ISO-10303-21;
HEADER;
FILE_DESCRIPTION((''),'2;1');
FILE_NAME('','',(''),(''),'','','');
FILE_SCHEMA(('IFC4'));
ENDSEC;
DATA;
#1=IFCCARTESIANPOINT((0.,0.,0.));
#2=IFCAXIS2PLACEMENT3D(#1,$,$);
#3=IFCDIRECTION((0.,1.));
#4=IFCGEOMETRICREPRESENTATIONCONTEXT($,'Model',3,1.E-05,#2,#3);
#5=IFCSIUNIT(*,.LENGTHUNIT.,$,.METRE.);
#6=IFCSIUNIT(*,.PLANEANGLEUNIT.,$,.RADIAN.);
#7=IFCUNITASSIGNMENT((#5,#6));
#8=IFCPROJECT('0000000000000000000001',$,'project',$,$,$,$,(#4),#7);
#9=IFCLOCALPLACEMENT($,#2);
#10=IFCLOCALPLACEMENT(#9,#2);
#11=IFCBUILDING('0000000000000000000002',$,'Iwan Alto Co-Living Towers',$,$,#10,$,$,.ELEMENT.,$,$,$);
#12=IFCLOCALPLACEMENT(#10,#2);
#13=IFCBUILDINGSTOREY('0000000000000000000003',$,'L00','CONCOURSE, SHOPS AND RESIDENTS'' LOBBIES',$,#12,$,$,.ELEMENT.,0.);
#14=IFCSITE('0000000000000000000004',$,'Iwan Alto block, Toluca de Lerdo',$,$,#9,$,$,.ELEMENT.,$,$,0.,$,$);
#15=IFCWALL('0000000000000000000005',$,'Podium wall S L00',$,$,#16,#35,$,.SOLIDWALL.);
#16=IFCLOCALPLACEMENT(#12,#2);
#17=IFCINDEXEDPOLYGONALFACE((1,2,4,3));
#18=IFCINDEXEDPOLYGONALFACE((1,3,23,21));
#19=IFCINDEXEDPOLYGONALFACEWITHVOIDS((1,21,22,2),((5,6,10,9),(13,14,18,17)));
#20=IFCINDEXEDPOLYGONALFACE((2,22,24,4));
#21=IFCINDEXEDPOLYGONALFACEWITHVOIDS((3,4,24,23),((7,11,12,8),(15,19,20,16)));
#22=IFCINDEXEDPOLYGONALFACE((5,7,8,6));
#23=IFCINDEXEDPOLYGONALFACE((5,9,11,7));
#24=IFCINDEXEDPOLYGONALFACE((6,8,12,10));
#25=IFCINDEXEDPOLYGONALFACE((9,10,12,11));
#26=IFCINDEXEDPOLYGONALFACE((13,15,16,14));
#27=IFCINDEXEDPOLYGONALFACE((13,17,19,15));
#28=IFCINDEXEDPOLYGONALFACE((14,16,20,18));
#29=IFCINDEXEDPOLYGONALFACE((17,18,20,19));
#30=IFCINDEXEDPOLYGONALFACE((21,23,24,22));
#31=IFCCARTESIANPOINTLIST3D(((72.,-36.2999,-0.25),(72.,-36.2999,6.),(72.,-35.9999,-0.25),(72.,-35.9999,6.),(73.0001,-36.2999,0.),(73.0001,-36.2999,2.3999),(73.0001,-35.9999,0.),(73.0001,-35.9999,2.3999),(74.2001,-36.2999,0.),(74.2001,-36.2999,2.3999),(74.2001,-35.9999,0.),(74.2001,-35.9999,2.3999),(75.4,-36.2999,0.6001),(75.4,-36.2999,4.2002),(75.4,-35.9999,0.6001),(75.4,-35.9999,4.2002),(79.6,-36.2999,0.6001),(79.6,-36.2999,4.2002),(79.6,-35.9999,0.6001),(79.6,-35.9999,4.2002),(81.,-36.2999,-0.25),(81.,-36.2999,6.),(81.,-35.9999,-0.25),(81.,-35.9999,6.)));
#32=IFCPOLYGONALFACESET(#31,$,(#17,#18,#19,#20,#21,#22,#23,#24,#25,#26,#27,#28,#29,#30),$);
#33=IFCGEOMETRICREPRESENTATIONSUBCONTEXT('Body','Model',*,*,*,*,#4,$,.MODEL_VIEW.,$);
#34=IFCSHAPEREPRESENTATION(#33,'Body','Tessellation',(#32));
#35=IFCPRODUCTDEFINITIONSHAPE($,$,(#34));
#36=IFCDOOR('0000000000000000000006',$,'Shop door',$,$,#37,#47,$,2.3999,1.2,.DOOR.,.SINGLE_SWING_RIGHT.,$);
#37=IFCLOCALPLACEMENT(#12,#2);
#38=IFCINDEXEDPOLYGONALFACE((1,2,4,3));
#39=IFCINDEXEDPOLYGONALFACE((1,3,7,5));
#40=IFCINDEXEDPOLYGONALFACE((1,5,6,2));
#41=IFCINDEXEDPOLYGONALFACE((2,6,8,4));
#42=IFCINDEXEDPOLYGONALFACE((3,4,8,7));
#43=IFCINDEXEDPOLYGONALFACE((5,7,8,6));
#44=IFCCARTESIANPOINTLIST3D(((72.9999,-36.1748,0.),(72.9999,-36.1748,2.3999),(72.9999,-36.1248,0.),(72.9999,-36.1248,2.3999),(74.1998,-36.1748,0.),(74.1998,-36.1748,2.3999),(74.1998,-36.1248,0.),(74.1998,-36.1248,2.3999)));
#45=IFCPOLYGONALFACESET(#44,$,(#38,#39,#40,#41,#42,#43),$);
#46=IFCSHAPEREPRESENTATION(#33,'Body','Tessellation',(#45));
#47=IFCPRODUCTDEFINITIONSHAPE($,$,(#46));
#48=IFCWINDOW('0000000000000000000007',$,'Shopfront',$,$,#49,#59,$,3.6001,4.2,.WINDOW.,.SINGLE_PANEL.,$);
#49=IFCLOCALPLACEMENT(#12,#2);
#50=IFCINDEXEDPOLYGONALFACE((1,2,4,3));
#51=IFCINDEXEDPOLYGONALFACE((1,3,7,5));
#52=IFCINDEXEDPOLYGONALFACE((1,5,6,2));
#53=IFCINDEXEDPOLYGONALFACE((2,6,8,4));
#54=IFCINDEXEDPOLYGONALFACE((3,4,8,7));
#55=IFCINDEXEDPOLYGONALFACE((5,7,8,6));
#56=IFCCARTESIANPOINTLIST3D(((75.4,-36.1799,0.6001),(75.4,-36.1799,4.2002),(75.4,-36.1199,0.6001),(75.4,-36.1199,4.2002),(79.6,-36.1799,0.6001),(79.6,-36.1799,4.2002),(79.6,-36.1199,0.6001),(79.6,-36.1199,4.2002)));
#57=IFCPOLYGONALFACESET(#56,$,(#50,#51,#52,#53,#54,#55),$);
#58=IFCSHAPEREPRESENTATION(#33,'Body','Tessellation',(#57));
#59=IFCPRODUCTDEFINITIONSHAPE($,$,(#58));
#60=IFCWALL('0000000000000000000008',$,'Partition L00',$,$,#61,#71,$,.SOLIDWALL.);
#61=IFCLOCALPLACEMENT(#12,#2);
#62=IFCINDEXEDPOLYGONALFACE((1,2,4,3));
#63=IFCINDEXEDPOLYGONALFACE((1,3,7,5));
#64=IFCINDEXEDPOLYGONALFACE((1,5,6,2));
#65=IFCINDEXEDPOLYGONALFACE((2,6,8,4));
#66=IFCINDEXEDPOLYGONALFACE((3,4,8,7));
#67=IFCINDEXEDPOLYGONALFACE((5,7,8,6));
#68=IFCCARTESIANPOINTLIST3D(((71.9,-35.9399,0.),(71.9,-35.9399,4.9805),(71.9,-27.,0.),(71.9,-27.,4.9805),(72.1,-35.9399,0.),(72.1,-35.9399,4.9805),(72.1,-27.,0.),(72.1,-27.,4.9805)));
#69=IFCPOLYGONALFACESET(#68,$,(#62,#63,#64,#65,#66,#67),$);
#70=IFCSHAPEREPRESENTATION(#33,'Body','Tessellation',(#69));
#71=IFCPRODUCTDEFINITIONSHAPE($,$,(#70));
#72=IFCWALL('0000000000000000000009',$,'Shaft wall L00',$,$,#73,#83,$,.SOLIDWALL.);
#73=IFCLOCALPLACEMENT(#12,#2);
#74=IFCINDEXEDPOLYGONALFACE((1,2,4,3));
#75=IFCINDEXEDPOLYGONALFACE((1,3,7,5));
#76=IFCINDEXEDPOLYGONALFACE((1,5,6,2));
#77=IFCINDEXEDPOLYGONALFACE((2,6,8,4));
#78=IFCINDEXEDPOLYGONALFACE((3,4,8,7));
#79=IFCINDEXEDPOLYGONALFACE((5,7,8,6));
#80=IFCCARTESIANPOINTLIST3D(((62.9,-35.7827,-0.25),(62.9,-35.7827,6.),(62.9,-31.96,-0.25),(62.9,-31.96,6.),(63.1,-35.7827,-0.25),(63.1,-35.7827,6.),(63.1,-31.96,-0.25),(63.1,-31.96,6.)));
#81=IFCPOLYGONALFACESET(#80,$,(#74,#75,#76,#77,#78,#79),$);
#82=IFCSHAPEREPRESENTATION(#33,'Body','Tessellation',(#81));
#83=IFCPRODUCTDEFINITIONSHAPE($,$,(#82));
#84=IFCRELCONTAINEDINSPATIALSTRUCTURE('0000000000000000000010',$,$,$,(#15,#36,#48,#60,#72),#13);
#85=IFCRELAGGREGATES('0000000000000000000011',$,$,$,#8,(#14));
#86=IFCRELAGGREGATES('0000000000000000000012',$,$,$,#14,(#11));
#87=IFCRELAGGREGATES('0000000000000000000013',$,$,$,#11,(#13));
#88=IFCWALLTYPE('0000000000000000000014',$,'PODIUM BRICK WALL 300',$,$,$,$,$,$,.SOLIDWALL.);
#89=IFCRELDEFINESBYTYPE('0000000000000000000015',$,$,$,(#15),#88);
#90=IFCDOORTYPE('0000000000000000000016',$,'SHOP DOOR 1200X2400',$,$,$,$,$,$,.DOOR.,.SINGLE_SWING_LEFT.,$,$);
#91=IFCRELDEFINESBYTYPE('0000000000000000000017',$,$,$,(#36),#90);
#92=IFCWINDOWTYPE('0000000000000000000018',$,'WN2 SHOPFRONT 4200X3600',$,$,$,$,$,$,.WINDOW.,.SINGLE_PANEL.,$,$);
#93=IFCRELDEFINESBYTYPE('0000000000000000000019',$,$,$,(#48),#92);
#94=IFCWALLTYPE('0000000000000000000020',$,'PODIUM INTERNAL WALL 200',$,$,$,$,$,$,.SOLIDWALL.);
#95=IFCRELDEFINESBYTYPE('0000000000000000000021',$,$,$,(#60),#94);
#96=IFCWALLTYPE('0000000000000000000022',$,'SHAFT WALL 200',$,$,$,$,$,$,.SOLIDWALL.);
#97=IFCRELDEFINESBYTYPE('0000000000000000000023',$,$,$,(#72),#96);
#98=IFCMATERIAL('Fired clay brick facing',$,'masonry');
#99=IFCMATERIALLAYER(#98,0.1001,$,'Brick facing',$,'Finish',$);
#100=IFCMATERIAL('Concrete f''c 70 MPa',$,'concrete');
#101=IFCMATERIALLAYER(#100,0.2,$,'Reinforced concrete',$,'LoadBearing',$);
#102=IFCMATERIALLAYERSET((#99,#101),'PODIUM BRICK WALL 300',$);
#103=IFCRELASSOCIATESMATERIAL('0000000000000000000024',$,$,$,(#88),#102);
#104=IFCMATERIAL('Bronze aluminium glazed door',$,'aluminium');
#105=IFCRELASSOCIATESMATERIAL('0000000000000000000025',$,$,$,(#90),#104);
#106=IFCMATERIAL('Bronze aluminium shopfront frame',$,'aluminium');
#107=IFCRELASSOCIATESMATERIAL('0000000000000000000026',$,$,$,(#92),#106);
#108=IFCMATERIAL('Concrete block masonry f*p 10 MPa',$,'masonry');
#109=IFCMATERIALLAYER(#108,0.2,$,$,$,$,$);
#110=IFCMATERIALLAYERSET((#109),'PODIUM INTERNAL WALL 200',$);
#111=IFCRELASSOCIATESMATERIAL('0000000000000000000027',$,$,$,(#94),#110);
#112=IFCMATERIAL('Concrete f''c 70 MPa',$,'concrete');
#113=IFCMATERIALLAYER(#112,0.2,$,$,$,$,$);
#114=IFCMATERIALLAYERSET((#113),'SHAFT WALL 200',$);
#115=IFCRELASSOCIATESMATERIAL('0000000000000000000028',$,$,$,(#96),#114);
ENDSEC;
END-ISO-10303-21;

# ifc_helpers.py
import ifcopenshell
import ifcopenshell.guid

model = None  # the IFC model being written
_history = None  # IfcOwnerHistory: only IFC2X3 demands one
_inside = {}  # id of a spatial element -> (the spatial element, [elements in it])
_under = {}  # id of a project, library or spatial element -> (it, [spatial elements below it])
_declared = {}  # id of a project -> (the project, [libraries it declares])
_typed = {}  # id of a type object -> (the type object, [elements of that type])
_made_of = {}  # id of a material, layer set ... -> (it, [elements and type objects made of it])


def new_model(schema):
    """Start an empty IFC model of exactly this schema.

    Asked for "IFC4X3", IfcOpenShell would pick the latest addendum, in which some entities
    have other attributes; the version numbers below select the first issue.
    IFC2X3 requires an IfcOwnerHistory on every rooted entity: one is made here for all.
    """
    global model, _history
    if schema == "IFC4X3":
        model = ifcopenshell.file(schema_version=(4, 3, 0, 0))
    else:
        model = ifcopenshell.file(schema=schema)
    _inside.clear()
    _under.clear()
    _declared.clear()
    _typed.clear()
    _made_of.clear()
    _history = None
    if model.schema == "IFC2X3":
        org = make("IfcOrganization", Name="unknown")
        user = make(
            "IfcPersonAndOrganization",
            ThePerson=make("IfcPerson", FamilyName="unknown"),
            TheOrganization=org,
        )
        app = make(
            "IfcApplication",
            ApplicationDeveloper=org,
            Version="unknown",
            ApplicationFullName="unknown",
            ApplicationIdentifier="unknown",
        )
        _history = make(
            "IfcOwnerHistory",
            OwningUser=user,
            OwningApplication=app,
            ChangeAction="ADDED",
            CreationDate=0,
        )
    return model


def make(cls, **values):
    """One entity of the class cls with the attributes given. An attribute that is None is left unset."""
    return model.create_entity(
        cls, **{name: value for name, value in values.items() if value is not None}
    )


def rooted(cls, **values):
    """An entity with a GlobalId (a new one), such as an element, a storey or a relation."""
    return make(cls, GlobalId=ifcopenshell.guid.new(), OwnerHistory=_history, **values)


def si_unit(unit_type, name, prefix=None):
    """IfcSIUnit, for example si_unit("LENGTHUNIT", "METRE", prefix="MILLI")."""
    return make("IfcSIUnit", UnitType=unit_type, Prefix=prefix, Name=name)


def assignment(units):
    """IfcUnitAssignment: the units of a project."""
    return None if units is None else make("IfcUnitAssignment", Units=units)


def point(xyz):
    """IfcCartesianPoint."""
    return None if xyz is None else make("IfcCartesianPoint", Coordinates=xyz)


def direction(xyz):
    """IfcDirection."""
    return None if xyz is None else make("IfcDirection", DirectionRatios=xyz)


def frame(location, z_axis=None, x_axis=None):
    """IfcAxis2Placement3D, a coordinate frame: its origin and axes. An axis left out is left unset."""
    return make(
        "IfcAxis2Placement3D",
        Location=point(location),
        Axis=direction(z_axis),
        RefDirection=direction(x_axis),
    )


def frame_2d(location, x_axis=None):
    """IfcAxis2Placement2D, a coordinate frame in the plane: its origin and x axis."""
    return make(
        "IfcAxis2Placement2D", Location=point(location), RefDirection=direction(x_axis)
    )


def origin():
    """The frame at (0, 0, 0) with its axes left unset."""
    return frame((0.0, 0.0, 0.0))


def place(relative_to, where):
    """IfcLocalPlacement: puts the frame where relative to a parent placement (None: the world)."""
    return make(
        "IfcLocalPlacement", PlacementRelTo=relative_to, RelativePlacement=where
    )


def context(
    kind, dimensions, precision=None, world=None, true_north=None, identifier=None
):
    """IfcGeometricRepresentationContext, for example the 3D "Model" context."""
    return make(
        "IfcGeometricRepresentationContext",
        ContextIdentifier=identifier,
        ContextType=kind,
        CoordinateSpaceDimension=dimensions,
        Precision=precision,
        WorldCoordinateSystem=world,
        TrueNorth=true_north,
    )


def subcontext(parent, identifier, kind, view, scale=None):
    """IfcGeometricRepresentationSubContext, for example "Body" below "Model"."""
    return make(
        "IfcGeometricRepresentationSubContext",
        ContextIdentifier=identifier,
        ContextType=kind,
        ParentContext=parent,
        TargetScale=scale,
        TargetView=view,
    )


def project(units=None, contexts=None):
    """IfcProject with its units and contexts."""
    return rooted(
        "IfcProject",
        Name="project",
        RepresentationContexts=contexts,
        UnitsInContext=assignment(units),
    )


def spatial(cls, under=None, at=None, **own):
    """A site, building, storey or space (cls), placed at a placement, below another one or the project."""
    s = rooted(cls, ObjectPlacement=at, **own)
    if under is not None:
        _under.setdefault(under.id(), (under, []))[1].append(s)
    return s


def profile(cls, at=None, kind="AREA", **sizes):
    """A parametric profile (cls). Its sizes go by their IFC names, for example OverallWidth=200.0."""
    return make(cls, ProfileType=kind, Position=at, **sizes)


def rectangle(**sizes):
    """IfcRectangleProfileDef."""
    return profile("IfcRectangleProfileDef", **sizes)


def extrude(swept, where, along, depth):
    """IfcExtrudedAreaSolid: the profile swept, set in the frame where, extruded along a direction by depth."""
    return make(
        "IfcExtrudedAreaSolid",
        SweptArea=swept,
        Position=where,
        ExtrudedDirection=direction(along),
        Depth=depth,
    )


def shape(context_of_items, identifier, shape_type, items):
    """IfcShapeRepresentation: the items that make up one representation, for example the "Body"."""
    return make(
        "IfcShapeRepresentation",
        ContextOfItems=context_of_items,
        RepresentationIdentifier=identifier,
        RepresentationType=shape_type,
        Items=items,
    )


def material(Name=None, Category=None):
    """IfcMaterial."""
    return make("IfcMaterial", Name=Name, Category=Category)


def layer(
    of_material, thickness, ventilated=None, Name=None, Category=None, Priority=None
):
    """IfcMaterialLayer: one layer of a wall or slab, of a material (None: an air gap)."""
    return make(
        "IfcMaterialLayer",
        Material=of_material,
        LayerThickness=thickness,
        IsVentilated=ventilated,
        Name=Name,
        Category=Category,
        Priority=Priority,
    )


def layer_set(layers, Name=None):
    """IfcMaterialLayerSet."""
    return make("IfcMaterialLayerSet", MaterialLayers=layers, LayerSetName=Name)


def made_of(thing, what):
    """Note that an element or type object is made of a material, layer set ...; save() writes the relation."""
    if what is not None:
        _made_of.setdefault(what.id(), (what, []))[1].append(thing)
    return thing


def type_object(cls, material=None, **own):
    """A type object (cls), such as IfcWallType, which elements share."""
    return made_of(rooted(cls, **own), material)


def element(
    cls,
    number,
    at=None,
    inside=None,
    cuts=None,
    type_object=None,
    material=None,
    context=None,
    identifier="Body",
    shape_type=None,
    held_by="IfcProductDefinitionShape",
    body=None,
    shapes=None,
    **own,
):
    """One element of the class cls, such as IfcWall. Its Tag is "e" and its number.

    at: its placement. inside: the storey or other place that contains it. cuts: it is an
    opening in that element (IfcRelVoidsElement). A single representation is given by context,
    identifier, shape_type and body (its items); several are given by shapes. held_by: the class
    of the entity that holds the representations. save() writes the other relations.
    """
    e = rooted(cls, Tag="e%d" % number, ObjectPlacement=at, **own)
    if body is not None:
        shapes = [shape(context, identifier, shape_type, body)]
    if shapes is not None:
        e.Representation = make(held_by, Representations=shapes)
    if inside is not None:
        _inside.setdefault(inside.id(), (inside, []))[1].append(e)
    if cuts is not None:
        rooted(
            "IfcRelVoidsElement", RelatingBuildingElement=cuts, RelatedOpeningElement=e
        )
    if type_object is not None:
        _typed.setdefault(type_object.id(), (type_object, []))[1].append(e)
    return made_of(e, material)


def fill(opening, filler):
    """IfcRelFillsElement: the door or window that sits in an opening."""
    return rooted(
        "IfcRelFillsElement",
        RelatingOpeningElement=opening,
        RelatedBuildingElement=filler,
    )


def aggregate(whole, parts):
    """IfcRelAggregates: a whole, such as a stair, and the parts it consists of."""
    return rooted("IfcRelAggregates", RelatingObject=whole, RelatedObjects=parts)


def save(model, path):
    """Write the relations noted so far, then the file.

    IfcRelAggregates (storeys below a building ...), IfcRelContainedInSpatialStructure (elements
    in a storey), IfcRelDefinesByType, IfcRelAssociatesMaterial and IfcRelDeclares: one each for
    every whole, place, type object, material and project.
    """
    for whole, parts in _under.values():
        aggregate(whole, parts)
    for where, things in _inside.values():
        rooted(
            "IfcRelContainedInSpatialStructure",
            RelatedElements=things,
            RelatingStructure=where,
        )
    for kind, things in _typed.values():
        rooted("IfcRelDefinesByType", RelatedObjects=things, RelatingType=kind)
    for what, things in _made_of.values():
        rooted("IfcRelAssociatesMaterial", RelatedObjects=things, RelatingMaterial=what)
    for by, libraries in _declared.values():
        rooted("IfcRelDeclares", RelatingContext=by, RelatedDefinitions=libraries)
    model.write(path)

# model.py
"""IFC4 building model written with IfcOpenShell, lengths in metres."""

from ifc_helpers import new_model, si_unit, direction, frame, frame_2d, origin, place, context, subcontext, project, spatial, rectangle, extrude, material, layer, layer_set, type_object, element, fill, save


model = new_model("IFC4")

# Units and contexts
model_context = context("Model", 3, precision=1e-05, world=origin(), true_north=direction((0.0, 1.0)))
body_context = subcontext(model_context, "Body", "Model", "MODEL_VIEW")
ifc_project = project(units=[si_unit("LENGTHUNIT", "METRE"), si_unit("PLANEANGLEUNIT", "RADIAN")], contexts=[model_context])

# Site, building, storey
site_placement = place(None, origin())
site = spatial("IfcSite", under=ifc_project, at=site_placement, Name="Iwan Alto block, Toluca de Lerdo", CompositionType="ELEMENT", RefElevation=0.0)
building_placement = place(site_placement, origin())
building = spatial("IfcBuilding", under=site, at=building_placement, Name="Iwan Alto Co-Living Towers", CompositionType="ELEMENT")
storey_placement = place(building_placement, origin())
storey = spatial("IfcBuildingStorey", under=building, at=storey_placement, Name="L00", Description="CONCOURSE, SHOPS AND RESIDENTS' LOBBIES", CompositionType="ELEMENT", Elevation=0.0)

# Wall, openings, door, window
ifc_material_1 = material(Name="Fired clay brick facing", Category="masonry")
ifc_layer_1 = layer(ifc_material_1, 0.1001, Name="Brick facing", Category="Finish")
ifc_material_2 = material(Name="Concrete f'c 70 MPa", Category="concrete")
ifc_layer_2 = layer(ifc_material_2, 0.2, Name="Reinforced concrete", Category="LoadBearing")
ifc_layer_set_1 = layer_set([ifc_layer_1, ifc_layer_2], Name="PODIUM BRICK WALL 300")
wall_type_1 = type_object("IfcWallType", Name="PODIUM BRICK WALL 300", PredefinedType="SOLIDWALL", material=ifc_layer_set_1)
ifc_material_3 = material(Name="Bronze aluminium glazed door", Category="aluminium")
door_type = type_object("IfcDoorType", Name="SHOP DOOR 1200X2400", OperationType="SINGLE_SWING_LEFT", PredefinedType="DOOR", material=ifc_material_3)
ifc_material_4 = material(Name="Bronze aluminium shopfront frame", Category="aluminium")
window_type = type_object("IfcWindowType", Name="WN2 SHOPFRONT 4200X3600", PartitioningType="SINGLE_PANEL", PredefinedType="WINDOW", material=ifc_material_4)
wall_1_placement = place(storey_placement, frame((72.0, -36.1499, -0.25), z_axis=(0.0, 0.0, 1.0), x_axis=(1.0, 0.0, 0.0)))
wall_1 = element("IfcWall", 1, at=wall_1_placement, inside=storey, type_object=wall_type_1, Name="Podium wall S L00", PredefinedType="SOLIDWALL", context=body_context, shape_type="SweptSolid", body=[
    extrude(rectangle(XDim=9.0, YDim=0.3, at=frame_2d((4.5, 0.0))), origin(), (0.0, 0.0, 1.0), 6.25),
])
opening_1_placement = place(wall_1_placement, frame((1.0, 0.0, 0.25)))
opening_1 = element("IfcOpeningElement", 2, at=opening_1_placement, cuts=wall_1, PredefinedType="OPENING", context=body_context, shape_type="SweptSolid", body=[
    extrude(rectangle(XDim=1.2, YDim=2.3999, at=frame_2d((0.6001, 1.2))), frame((0.0, 0.1599, 0.0), z_axis=(0.0, -1.0, 0.0), x_axis=(1.0, 0.0, 0.0)), (0.0, 0.0, 1.0), 0.3201),
])
opening_2_placement = place(wall_1_placement, frame((3.3999, 0.0, 0.8501)))
opening_2 = element("IfcOpeningElement", 3, at=opening_2_placement, cuts=wall_1, PredefinedType="OPENING", context=body_context, shape_type="SweptSolid", body=[
    extrude(rectangle(XDim=4.2, YDim=3.6001, at=frame_2d((2.1001, 1.8))), frame((0.0, 0.1599, 0.0), z_axis=(0.0, -1.0, 0.0), x_axis=(1.0, 0.0, 0.0)), (0.0, 0.0, 1.0), 0.3201),
])
door_1_placement = place(opening_1_placement, frame((1.2, 0.0, 0.0), z_axis=(0.0, 0.0, 1.0), x_axis=(-1.0, 0.0, 0.0)))
door_1 = element("IfcDoor", 4, at=door_1_placement, inside=storey, type_object=door_type, Name="Shop door", OperationType="SINGLE_SWING_RIGHT", OverallHeight=2.3999, OverallWidth=1.2, PredefinedType="DOOR", context=body_context, shape_type="SweptSolid", body=[
    extrude(rectangle(XDim=1.2, YDim=2.3999, at=frame_2d((0.6001, 1.2))), frame((0.0, 0.0249, 0.0), z_axis=(0.0, -1.0, 0.0), x_axis=(1.0, 0.0, 0.0)), (0.0, 0.0, 1.0), 0.05),
])
fill(opening_1, door_1)
window_1_placement = place(opening_2_placement, origin())
window_1 = element("IfcWindow", 5, at=window_1_placement, inside=storey, type_object=window_type, Name="Shopfront", OverallHeight=3.6001, OverallWidth=4.2, PartitioningType="SINGLE_PANEL", PredefinedType="WINDOW", context=body_context, shape_type="SweptSolid", body=[
    extrude(rectangle(XDim=4.2, YDim=3.6001, at=frame_2d((2.1001, 1.8))), frame((0.0, 0.03, 0.0), z_axis=(0.0, -1.0, 0.0), x_axis=(1.0, 0.0, 0.0)), (0.0, 0.0, 1.0), 0.0601),
])
fill(opening_2, window_1)

# Walls
ifc_material_5 = material(Name="Concrete block masonry f*p 10 MPa", Category="masonry")
ifc_layer_3 = layer(ifc_material_5, 0.2)
ifc_layer_set_2 = layer_set([ifc_layer_3], Name="PODIUM INTERNAL WALL 200")
wall_type_2 = type_object("IfcWallType", Name="PODIUM INTERNAL WALL 200", PredefinedType="SOLIDWALL", material=ifc_layer_set_2)
wall_2_placement = place(storey_placement, frame((72.0, -35.9399, 0.0), z_axis=(0.0, 0.0, 1.0), x_axis=(0.0, 1.0, 0.0)))
element("IfcWall", 6, at=wall_2_placement, inside=storey, type_object=wall_type_2, Name="Partition L00", PredefinedType="SOLIDWALL", context=body_context, shape_type="SweptSolid", body=[
    extrude(rectangle(XDim=8.9399, YDim=0.2, at=frame_2d((4.47, 0.0))), origin(), (0.0, 0.0, 1.0), 4.9805),
])
ifc_material_6 = material(Name="Concrete f'c 70 MPa", Category="concrete")
ifc_layer_4 = layer(ifc_material_6, 0.2)
ifc_layer_set_3 = layer_set([ifc_layer_4], Name="SHAFT WALL 200")
wall_type_3 = type_object("IfcWallType", Name="SHAFT WALL 200", PredefinedType="SOLIDWALL", material=ifc_layer_set_3)
wall_3_placement = place(storey_placement, frame((63.0, -35.7827, -0.25), z_axis=(0.0, 0.0, 1.0), x_axis=(0.0, 1.0, 0.0)))
element("IfcWall", 7, at=wall_3_placement, inside=storey, type_object=wall_type_3, Name="Shaft wall L00", PredefinedType="SOLIDWALL", context=body_context, shape_type="SweptSolid", body=[
    extrude(rectangle(XDim=3.8228, YDim=0.2, at=frame_2d((1.9114, 0.0))), origin(), (0.0, 0.0, 1.0), 6.25),
])

save(model, "model.ifc")
